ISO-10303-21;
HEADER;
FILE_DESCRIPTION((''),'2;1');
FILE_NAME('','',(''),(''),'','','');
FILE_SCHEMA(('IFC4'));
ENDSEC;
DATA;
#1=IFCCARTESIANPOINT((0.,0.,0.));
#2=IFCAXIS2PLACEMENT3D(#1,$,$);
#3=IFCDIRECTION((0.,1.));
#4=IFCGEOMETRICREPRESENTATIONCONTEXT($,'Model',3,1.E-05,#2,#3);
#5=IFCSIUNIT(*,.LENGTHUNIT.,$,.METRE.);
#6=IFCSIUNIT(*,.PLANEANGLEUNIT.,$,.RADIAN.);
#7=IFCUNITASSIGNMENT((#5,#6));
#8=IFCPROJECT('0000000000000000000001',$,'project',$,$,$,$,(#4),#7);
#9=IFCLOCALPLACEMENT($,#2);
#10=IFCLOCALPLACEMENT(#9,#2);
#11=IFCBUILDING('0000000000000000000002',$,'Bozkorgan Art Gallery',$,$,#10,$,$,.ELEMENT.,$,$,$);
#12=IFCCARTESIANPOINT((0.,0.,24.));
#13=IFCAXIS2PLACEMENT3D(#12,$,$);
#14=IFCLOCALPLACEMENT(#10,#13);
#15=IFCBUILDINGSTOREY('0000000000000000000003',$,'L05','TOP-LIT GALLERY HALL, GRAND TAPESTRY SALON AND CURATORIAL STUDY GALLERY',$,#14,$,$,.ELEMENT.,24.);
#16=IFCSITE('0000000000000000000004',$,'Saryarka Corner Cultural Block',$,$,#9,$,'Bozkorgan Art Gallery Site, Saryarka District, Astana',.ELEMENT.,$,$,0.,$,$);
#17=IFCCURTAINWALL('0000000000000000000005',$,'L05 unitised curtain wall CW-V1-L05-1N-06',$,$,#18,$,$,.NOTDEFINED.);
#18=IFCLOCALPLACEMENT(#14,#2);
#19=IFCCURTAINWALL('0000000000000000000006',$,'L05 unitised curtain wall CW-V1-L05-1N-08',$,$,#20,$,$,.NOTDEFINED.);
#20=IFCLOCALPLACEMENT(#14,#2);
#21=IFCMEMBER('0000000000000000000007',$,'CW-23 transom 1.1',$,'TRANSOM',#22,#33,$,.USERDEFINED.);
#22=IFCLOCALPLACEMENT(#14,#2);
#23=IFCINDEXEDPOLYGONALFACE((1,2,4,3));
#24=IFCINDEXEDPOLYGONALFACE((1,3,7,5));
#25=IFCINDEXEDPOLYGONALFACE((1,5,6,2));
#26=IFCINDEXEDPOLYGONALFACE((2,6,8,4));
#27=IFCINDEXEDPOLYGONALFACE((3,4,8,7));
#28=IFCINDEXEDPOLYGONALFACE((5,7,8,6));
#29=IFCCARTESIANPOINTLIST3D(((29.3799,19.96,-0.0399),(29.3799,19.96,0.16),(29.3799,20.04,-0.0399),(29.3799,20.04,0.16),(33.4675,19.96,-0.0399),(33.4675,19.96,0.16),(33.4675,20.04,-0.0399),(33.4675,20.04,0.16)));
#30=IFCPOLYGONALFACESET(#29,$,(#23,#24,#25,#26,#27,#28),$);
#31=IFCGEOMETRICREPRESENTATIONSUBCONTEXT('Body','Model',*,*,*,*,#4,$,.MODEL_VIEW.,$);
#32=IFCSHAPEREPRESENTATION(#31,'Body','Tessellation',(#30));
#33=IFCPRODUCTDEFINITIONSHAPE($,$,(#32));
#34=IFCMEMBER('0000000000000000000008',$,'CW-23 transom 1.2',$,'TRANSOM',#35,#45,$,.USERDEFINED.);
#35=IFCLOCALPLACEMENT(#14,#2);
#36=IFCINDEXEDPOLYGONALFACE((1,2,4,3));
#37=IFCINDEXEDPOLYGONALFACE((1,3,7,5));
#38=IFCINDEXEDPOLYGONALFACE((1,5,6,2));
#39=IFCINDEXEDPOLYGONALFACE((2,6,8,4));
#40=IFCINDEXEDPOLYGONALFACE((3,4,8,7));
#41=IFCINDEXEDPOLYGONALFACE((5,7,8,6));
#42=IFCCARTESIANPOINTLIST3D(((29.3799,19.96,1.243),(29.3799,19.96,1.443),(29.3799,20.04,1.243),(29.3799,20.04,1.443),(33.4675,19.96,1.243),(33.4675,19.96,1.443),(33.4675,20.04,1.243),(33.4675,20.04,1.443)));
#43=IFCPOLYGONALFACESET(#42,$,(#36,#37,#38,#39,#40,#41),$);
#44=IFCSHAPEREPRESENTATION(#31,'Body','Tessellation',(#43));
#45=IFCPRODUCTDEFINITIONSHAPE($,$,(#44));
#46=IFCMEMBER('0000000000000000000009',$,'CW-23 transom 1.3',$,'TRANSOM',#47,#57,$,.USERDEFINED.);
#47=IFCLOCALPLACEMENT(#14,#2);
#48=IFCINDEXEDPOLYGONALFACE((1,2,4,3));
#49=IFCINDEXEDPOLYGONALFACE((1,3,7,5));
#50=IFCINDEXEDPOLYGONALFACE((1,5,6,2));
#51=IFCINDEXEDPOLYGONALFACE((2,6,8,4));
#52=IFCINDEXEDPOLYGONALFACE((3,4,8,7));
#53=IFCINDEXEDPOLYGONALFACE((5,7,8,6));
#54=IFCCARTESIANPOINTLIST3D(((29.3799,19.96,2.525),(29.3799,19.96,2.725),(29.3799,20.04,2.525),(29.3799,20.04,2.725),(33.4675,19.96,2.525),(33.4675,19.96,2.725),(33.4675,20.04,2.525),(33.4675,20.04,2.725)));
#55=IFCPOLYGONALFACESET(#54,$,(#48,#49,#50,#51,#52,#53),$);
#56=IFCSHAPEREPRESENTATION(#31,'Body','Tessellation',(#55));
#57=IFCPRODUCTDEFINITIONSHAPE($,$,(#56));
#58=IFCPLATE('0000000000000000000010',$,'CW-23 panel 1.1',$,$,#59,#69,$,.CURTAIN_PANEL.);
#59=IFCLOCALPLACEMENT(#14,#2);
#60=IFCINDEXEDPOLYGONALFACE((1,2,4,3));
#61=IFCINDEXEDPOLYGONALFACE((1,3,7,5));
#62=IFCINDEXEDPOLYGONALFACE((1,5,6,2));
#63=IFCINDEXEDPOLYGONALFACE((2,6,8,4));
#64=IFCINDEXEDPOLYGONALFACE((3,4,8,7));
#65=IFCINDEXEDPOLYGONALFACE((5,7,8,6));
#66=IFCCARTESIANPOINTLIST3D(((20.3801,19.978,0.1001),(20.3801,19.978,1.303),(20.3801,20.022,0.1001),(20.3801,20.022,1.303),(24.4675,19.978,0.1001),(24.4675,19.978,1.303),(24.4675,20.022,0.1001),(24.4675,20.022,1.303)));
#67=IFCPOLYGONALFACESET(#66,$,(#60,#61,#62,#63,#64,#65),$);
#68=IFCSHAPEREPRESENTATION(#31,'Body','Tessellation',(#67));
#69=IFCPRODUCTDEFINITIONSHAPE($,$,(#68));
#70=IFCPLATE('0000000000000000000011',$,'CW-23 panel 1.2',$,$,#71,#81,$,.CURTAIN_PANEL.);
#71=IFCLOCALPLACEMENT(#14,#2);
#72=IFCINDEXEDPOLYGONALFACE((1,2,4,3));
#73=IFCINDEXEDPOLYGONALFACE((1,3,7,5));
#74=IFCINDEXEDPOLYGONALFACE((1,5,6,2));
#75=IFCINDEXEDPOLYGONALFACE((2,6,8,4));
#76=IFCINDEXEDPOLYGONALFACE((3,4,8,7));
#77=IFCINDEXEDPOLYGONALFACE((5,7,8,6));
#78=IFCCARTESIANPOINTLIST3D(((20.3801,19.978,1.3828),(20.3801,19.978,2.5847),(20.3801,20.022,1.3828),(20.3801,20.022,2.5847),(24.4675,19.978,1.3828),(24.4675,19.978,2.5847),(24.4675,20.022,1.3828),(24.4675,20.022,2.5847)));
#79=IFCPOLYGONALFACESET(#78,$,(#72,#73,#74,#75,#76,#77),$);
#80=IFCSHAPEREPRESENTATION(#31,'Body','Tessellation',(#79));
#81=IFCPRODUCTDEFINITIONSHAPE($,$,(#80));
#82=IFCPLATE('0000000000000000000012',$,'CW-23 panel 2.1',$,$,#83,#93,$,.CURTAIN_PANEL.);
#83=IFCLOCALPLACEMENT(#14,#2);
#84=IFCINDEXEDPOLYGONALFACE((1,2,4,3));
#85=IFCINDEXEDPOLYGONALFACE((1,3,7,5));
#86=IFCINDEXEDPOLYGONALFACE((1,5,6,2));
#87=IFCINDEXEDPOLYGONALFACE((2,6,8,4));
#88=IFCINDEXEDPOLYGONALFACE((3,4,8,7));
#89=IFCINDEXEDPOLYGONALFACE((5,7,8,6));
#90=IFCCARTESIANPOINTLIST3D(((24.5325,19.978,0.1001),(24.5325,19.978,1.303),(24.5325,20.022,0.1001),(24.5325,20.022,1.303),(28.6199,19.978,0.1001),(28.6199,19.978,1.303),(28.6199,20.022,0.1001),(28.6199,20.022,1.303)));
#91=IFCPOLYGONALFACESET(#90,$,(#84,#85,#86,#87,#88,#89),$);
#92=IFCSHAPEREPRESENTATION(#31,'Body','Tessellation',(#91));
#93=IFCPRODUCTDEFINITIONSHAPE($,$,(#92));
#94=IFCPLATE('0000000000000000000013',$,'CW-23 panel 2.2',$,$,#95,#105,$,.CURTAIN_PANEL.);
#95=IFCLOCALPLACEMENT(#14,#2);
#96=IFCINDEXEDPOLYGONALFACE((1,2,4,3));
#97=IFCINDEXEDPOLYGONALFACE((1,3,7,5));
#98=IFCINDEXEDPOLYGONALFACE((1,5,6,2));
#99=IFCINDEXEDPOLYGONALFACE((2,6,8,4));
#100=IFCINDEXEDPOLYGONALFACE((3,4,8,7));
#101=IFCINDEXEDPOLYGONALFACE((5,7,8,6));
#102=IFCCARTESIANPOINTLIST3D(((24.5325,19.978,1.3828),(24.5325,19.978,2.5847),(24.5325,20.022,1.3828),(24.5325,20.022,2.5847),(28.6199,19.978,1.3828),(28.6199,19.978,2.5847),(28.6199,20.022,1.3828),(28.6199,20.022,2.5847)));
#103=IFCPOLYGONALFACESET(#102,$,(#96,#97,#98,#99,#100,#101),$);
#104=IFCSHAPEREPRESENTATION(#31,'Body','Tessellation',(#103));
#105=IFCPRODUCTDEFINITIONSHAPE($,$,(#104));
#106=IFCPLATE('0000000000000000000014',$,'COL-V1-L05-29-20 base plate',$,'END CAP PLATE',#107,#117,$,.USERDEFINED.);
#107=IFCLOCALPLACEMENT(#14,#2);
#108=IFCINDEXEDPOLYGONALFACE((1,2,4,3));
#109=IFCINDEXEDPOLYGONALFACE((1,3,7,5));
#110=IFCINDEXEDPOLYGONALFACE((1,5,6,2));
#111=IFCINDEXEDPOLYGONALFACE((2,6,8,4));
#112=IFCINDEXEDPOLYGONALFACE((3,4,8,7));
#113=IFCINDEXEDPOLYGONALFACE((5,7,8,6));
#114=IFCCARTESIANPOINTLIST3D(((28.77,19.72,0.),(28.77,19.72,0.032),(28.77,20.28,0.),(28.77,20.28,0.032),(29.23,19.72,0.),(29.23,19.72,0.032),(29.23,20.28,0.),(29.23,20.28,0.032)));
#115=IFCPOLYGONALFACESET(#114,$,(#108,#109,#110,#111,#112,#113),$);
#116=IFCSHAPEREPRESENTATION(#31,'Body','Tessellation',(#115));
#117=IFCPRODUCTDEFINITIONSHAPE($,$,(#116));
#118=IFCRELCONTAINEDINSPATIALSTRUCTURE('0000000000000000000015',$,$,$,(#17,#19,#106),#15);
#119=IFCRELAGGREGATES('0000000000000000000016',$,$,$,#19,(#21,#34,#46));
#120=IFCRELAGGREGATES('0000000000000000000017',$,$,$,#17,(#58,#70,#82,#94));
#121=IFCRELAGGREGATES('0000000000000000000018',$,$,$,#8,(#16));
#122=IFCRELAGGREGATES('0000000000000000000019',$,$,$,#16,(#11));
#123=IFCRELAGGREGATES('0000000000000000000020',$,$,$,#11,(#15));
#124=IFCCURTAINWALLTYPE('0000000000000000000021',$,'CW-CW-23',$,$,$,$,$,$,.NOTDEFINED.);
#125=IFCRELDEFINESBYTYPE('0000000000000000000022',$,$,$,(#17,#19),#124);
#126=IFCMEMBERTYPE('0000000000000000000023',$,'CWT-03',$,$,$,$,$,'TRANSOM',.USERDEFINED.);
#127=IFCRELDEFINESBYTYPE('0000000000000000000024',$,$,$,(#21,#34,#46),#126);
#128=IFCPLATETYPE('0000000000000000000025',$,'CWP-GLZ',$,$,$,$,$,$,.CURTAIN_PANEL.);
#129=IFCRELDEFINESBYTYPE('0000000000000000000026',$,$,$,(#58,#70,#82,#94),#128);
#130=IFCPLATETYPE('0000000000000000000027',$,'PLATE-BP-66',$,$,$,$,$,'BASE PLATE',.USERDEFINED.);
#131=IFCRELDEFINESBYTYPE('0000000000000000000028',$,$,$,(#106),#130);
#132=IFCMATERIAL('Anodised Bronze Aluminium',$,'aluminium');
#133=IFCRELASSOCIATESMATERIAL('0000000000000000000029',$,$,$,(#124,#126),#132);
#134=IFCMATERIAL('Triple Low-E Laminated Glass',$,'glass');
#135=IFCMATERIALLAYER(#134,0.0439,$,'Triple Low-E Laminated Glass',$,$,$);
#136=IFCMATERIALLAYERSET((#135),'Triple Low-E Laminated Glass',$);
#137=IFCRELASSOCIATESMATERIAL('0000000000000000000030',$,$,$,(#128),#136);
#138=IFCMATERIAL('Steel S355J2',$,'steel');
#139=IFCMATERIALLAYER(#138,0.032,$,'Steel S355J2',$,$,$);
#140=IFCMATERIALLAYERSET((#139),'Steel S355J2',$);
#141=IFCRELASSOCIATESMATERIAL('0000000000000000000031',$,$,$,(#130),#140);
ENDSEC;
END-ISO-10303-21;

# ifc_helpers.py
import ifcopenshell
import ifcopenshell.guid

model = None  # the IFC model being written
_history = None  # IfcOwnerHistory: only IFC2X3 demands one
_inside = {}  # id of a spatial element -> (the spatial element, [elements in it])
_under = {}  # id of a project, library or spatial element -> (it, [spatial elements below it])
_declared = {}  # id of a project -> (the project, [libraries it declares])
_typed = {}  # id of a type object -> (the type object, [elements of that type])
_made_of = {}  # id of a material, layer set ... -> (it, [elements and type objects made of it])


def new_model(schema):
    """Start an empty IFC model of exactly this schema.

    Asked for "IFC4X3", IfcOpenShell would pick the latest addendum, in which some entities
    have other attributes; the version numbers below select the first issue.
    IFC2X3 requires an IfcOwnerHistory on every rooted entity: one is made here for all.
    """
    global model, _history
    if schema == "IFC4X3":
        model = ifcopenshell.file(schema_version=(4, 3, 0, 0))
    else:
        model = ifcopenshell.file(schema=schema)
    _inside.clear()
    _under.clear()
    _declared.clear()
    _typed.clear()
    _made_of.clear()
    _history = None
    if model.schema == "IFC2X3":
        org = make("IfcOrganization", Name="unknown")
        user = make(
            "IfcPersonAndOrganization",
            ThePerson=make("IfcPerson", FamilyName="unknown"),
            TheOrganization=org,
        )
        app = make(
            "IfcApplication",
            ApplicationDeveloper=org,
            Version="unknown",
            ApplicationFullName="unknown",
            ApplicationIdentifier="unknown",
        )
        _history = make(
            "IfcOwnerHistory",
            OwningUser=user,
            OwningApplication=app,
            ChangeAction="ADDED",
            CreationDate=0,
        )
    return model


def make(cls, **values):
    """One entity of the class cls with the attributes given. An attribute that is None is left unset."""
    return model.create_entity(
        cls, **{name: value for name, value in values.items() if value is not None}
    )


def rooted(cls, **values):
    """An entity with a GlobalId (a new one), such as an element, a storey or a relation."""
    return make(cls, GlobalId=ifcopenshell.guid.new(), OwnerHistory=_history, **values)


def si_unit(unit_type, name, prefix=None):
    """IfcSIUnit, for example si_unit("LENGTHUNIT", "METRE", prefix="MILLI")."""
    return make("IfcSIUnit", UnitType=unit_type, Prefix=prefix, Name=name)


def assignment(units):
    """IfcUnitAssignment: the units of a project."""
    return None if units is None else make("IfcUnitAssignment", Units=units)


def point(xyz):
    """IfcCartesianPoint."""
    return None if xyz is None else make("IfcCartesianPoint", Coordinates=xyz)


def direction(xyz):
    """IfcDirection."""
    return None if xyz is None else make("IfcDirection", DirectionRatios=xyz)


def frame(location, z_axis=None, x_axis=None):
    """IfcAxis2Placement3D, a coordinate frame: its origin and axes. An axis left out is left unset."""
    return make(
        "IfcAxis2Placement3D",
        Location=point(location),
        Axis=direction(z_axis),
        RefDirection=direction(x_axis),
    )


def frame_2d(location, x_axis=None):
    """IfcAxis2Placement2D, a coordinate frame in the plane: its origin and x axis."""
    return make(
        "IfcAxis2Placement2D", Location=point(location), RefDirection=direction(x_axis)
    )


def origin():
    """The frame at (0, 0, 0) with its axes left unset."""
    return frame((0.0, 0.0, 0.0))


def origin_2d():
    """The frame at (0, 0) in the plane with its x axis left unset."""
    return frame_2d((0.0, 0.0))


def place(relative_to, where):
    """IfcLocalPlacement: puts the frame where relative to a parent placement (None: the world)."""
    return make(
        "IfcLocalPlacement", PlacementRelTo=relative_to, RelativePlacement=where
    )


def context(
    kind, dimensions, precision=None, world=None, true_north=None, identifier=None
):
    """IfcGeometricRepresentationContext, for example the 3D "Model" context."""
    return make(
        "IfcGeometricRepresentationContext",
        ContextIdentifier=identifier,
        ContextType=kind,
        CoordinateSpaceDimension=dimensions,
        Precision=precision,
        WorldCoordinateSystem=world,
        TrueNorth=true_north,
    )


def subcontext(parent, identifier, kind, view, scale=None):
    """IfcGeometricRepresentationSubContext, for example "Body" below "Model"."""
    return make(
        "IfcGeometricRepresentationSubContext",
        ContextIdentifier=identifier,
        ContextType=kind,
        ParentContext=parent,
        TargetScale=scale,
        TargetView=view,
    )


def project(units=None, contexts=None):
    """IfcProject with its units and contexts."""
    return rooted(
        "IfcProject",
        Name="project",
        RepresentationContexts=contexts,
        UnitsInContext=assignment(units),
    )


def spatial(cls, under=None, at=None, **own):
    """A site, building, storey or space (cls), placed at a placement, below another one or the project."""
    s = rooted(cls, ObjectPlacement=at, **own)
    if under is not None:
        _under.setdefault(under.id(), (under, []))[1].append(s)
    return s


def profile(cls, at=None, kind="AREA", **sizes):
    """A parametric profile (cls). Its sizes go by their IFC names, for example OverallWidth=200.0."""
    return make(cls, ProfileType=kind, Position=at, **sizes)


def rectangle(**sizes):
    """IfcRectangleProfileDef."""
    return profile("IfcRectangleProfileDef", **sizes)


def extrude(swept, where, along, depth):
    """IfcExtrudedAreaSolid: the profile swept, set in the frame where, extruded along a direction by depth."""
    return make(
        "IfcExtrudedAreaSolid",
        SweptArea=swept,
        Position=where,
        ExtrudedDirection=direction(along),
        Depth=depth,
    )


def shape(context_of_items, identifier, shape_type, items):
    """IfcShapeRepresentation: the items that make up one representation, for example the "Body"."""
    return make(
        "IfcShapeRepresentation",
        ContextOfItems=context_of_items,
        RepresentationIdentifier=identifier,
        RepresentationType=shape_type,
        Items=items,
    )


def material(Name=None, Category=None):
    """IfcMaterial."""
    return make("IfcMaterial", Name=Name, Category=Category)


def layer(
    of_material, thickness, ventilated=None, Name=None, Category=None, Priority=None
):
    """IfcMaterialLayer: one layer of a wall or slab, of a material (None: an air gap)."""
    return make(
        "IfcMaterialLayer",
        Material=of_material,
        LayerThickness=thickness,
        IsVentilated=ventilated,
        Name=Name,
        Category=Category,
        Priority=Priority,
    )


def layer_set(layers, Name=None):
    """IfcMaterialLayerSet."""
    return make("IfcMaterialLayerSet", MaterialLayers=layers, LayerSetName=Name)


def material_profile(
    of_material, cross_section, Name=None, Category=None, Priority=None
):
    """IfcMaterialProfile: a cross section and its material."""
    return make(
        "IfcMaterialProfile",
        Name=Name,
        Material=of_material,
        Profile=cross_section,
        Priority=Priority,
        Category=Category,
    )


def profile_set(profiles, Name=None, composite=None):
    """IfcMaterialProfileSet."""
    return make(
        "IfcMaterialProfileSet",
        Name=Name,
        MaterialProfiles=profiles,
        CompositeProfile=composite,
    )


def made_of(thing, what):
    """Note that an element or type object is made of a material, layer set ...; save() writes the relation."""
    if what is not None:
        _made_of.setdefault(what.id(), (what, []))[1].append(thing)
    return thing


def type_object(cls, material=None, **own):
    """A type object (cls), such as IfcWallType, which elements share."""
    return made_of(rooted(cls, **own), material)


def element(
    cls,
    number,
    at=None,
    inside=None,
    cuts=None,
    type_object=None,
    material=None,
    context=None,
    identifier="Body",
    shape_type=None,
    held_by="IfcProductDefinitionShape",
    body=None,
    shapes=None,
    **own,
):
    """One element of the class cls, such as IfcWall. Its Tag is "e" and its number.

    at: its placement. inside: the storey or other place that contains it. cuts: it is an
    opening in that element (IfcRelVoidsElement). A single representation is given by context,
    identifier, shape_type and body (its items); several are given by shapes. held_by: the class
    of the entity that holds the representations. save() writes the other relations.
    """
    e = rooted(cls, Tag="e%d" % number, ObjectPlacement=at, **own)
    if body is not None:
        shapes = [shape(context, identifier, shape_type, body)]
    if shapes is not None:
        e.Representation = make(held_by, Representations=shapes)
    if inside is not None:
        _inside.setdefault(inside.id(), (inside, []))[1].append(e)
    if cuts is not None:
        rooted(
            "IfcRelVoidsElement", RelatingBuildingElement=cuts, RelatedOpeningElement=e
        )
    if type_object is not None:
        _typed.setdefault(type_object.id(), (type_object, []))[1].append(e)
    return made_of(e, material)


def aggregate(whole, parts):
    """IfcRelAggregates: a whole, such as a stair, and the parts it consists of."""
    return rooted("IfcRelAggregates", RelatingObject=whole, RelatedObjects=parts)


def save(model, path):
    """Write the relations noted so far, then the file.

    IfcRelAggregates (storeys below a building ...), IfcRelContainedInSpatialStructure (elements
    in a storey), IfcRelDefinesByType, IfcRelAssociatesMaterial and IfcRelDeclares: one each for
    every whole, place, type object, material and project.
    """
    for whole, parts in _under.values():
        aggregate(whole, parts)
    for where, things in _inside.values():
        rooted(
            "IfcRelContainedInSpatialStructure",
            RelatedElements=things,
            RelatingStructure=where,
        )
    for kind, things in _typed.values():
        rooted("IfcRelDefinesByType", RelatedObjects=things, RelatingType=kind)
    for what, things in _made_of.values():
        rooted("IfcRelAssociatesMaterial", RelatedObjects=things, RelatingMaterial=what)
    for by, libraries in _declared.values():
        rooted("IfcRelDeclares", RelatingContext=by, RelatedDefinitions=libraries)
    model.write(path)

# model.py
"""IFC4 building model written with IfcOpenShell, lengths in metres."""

from ifc_helpers import new_model, si_unit, direction, frame, origin, origin_2d, place, context, subcontext, project, spatial, rectangle, extrude, material, layer, layer_set, material_profile, profile_set, type_object, element, aggregate, save


model = new_model("IFC4")

# Units and contexts
model_context = context("Model", 3, precision=1e-05, world=origin(), true_north=direction((0.0, 1.0)))
body_context = subcontext(model_context, "Body", "Model", "MODEL_VIEW")
ifc_project = project(units=[si_unit("LENGTHUNIT", "METRE"), si_unit("PLANEANGLEUNIT", "RADIAN")], contexts=[model_context])

# Site, building, storey
site_placement = place(None, origin())
site = spatial("IfcSite", under=ifc_project, at=site_placement, Name="Saryarka Corner Cultural Block", LongName="Bozkorgan Art Gallery Site, Saryarka District, Astana", CompositionType="ELEMENT", RefElevation=0.0)
building_placement = place(site_placement, origin())
building = spatial("IfcBuilding", under=site, at=building_placement, Name="Bozkorgan Art Gallery", CompositionType="ELEMENT")
storey_placement = place(building_placement, frame((0.0, 0.0, 24.0)))
storey = spatial("IfcBuildingStorey", under=building, at=storey_placement, Name="L05", Description="TOP-LIT GALLERY HALL, GRAND TAPESTRY SALON AND CURATORIAL STUDY GALLERY", CompositionType="ELEMENT", Elevation=24.0)

# Shared definitions
ifc_material_1 = material(Name="Steel S355J2", Category="steel")

# Curtain wall
ifc_material_2 = material(Name="Anodised Bronze Aluminium", Category="aluminium")
curtain_wall_type = type_object("IfcCurtainWallType", Name="CW-CW-23", PredefinedType="NOTDEFINED", material=ifc_material_2)
curtain_wall_1_placement = place(storey_placement, origin())
curtain_wall_1 = element("IfcCurtainWall", 1, at=curtain_wall_1_placement, inside=storey, type_object=curtain_wall_type, Name="L05 unitised curtain wall CW-V1-L05-1N-06", PredefinedType="NOTDEFINED")

# Curtain wall
curtain_wall_2_placement = place(storey_placement, origin())
curtain_wall_2 = element("IfcCurtainWall", 2, at=curtain_wall_2_placement, inside=storey, type_object=curtain_wall_type, Name="L05 unitised curtain wall CW-V1-L05-1N-08", PredefinedType="NOTDEFINED")

# Members
ifc_material_profile_1 = material_profile(ifc_material_2, rectangle(XDim=0.0801, YDim=0.2, at=origin_2d()), Name="ALU TRANSOM 80x200")
ifc_profile_set_1 = profile_set([ifc_material_profile_1], Name="Anodised Bronze Aluminium")
member_type_1 = type_object("IfcMemberType", Name="CWT-03", ElementType="TRANSOM", PredefinedType="USERDEFINED", material=ifc_profile_set_1)
member_1_placement = place(storey_placement, frame((29.3799, 20.0, 0.0601), z_axis=(1.0, 0.0, 0.0), x_axis=(0.0, 1.0, 0.0)))
member_1 = element("IfcMember", 3, at=member_1_placement, type_object=member_type_1, Name="CW-23 transom 1.1", ObjectType="TRANSOM", PredefinedType="USERDEFINED", context=body_context, shape_type="SweptSolid", body=[
    extrude(rectangle(XDim=0.0801, YDim=0.2, at=origin_2d()), origin(), (0.0, 0.0, 1.0), 4.0876),
])
member_2_placement = place(storey_placement, frame((29.3799, 20.0, 1.343), z_axis=(1.0, 0.0, 0.0), x_axis=(0.0, 1.0, 0.0)))
member_2 = element("IfcMember", 4, at=member_2_placement, type_object=member_type_1, Name="CW-23 transom 1.2", ObjectType="TRANSOM", PredefinedType="USERDEFINED", context=body_context, shape_type="SweptSolid", body=[
    extrude(rectangle(XDim=0.0801, YDim=0.2, at=origin_2d()), origin(), (0.0, 0.0, 1.0), 4.0876),
])
member_3_placement = place(storey_placement, frame((29.3799, 20.0, 2.625), z_axis=(1.0, 0.0, 0.0), x_axis=(0.0, 1.0, 0.0)))
member_3 = element("IfcMember", 5, at=member_3_placement, type_object=member_type_1, Name="CW-23 transom 1.3", ObjectType="TRANSOM", PredefinedType="USERDEFINED", context=body_context, shape_type="SweptSolid", body=[
    extrude(rectangle(XDim=0.0801, YDim=0.2, at=origin_2d()), origin(), (0.0, 0.0, 1.0), 4.0876),
])
aggregate(curtain_wall_2, [member_1, member_2, member_3])

# Plates
ifc_material_3 = material(Name="Triple Low-E Laminated Glass", Category="glass")
ifc_layer_1 = layer(ifc_material_3, 0.0439, Name="Triple Low-E Laminated Glass")
ifc_layer_set_1 = layer_set([ifc_layer_1], Name="Triple Low-E Laminated Glass")
plate_type_1 = type_object("IfcPlateType", Name="CWP-GLZ", PredefinedType="CURTAIN_PANEL", material=ifc_layer_set_1)
plate_1_placement = place(storey_placement, frame((22.4238, 20.0, 0.1001), z_axis=(0.0, 0.0, 1.0), x_axis=(1.0, 0.0, 0.0)))
plate_1 = element("IfcPlate", 6, at=plate_1_placement, type_object=plate_type_1, Name="CW-23 panel 1.1", PredefinedType="CURTAIN_PANEL", context=body_context, shape_type="SweptSolid", body=[
    extrude(rectangle(XDim=4.0874, YDim=0.0439, at=origin_2d()), origin(), (0.0, 0.0, 1.0), 1.2029),
])
plate_2_placement = place(storey_placement, frame((22.4238, 20.0, 1.3828), z_axis=(0.0, 0.0, 1.0), x_axis=(1.0, 0.0, 0.0)))
plate_2 = element("IfcPlate", 7, at=plate_2_placement, type_object=plate_type_1, Name="CW-23 panel 1.2", PredefinedType="CURTAIN_PANEL", context=body_context, shape_type="SweptSolid", body=[
    extrude(rectangle(XDim=4.0874, YDim=0.0439, at=origin_2d()), origin(), (0.0, 0.0, 1.0), 1.2019),
])
plate_3_placement = place(storey_placement, frame((26.5762, 20.0, 0.1001), z_axis=(0.0, 0.0, 1.0), x_axis=(1.0, 0.0, 0.0)))
plate_3 = element("IfcPlate", 8, at=plate_3_placement, type_object=plate_type_1, Name="CW-23 panel 2.1", PredefinedType="CURTAIN_PANEL", context=body_context, shape_type="SweptSolid", body=[
    extrude(rectangle(XDim=4.0874, YDim=0.0439, at=origin_2d()), origin(), (0.0, 0.0, 1.0), 1.2029),
])
plate_4_placement = place(storey_placement, frame((26.5762, 20.0, 1.3828), z_axis=(0.0, 0.0, 1.0), x_axis=(1.0, 0.0, 0.0)))
plate_4 = element("IfcPlate", 9, at=plate_4_placement, type_object=plate_type_1, Name="CW-23 panel 2.2", PredefinedType="CURTAIN_PANEL", context=body_context, shape_type="SweptSolid", body=[
    extrude(rectangle(XDim=4.0874, YDim=0.0439, at=origin_2d()), origin(), (0.0, 0.0, 1.0), 1.2019),
])
aggregate(curtain_wall_1, [plate_1, plate_2, plate_3, plate_4])
ifc_layer_2 = layer(ifc_material_1, 0.032, Name="Steel S355J2")
ifc_layer_set_2 = layer_set([ifc_layer_2], Name="Steel S355J2")
plate_type_2 = type_object("IfcPlateType", Name="PLATE-BP-66", ElementType="BASE PLATE", PredefinedType="USERDEFINED", material=ifc_layer_set_2)
plate_5_placement = place(storey_placement, frame((29.0, 20.0, 0.0), z_axis=(0.0, 0.0, 1.0), x_axis=(1.0, 0.0, 0.0)))
element("IfcPlate", 10, at=plate_5_placement, inside=storey, type_object=plate_type_2, Name="COL-V1-L05-29-20 base plate", ObjectType="END CAP PLATE", PredefinedType="USERDEFINED", context=body_context, shape_type="SweptSolid", body=[
    extrude(rectangle(XDim=0.46, YDim=0.5601, at=origin_2d()), origin(), (0.0, 0.0, 1.0), 0.032),
])

save(model, "model.ifc")
